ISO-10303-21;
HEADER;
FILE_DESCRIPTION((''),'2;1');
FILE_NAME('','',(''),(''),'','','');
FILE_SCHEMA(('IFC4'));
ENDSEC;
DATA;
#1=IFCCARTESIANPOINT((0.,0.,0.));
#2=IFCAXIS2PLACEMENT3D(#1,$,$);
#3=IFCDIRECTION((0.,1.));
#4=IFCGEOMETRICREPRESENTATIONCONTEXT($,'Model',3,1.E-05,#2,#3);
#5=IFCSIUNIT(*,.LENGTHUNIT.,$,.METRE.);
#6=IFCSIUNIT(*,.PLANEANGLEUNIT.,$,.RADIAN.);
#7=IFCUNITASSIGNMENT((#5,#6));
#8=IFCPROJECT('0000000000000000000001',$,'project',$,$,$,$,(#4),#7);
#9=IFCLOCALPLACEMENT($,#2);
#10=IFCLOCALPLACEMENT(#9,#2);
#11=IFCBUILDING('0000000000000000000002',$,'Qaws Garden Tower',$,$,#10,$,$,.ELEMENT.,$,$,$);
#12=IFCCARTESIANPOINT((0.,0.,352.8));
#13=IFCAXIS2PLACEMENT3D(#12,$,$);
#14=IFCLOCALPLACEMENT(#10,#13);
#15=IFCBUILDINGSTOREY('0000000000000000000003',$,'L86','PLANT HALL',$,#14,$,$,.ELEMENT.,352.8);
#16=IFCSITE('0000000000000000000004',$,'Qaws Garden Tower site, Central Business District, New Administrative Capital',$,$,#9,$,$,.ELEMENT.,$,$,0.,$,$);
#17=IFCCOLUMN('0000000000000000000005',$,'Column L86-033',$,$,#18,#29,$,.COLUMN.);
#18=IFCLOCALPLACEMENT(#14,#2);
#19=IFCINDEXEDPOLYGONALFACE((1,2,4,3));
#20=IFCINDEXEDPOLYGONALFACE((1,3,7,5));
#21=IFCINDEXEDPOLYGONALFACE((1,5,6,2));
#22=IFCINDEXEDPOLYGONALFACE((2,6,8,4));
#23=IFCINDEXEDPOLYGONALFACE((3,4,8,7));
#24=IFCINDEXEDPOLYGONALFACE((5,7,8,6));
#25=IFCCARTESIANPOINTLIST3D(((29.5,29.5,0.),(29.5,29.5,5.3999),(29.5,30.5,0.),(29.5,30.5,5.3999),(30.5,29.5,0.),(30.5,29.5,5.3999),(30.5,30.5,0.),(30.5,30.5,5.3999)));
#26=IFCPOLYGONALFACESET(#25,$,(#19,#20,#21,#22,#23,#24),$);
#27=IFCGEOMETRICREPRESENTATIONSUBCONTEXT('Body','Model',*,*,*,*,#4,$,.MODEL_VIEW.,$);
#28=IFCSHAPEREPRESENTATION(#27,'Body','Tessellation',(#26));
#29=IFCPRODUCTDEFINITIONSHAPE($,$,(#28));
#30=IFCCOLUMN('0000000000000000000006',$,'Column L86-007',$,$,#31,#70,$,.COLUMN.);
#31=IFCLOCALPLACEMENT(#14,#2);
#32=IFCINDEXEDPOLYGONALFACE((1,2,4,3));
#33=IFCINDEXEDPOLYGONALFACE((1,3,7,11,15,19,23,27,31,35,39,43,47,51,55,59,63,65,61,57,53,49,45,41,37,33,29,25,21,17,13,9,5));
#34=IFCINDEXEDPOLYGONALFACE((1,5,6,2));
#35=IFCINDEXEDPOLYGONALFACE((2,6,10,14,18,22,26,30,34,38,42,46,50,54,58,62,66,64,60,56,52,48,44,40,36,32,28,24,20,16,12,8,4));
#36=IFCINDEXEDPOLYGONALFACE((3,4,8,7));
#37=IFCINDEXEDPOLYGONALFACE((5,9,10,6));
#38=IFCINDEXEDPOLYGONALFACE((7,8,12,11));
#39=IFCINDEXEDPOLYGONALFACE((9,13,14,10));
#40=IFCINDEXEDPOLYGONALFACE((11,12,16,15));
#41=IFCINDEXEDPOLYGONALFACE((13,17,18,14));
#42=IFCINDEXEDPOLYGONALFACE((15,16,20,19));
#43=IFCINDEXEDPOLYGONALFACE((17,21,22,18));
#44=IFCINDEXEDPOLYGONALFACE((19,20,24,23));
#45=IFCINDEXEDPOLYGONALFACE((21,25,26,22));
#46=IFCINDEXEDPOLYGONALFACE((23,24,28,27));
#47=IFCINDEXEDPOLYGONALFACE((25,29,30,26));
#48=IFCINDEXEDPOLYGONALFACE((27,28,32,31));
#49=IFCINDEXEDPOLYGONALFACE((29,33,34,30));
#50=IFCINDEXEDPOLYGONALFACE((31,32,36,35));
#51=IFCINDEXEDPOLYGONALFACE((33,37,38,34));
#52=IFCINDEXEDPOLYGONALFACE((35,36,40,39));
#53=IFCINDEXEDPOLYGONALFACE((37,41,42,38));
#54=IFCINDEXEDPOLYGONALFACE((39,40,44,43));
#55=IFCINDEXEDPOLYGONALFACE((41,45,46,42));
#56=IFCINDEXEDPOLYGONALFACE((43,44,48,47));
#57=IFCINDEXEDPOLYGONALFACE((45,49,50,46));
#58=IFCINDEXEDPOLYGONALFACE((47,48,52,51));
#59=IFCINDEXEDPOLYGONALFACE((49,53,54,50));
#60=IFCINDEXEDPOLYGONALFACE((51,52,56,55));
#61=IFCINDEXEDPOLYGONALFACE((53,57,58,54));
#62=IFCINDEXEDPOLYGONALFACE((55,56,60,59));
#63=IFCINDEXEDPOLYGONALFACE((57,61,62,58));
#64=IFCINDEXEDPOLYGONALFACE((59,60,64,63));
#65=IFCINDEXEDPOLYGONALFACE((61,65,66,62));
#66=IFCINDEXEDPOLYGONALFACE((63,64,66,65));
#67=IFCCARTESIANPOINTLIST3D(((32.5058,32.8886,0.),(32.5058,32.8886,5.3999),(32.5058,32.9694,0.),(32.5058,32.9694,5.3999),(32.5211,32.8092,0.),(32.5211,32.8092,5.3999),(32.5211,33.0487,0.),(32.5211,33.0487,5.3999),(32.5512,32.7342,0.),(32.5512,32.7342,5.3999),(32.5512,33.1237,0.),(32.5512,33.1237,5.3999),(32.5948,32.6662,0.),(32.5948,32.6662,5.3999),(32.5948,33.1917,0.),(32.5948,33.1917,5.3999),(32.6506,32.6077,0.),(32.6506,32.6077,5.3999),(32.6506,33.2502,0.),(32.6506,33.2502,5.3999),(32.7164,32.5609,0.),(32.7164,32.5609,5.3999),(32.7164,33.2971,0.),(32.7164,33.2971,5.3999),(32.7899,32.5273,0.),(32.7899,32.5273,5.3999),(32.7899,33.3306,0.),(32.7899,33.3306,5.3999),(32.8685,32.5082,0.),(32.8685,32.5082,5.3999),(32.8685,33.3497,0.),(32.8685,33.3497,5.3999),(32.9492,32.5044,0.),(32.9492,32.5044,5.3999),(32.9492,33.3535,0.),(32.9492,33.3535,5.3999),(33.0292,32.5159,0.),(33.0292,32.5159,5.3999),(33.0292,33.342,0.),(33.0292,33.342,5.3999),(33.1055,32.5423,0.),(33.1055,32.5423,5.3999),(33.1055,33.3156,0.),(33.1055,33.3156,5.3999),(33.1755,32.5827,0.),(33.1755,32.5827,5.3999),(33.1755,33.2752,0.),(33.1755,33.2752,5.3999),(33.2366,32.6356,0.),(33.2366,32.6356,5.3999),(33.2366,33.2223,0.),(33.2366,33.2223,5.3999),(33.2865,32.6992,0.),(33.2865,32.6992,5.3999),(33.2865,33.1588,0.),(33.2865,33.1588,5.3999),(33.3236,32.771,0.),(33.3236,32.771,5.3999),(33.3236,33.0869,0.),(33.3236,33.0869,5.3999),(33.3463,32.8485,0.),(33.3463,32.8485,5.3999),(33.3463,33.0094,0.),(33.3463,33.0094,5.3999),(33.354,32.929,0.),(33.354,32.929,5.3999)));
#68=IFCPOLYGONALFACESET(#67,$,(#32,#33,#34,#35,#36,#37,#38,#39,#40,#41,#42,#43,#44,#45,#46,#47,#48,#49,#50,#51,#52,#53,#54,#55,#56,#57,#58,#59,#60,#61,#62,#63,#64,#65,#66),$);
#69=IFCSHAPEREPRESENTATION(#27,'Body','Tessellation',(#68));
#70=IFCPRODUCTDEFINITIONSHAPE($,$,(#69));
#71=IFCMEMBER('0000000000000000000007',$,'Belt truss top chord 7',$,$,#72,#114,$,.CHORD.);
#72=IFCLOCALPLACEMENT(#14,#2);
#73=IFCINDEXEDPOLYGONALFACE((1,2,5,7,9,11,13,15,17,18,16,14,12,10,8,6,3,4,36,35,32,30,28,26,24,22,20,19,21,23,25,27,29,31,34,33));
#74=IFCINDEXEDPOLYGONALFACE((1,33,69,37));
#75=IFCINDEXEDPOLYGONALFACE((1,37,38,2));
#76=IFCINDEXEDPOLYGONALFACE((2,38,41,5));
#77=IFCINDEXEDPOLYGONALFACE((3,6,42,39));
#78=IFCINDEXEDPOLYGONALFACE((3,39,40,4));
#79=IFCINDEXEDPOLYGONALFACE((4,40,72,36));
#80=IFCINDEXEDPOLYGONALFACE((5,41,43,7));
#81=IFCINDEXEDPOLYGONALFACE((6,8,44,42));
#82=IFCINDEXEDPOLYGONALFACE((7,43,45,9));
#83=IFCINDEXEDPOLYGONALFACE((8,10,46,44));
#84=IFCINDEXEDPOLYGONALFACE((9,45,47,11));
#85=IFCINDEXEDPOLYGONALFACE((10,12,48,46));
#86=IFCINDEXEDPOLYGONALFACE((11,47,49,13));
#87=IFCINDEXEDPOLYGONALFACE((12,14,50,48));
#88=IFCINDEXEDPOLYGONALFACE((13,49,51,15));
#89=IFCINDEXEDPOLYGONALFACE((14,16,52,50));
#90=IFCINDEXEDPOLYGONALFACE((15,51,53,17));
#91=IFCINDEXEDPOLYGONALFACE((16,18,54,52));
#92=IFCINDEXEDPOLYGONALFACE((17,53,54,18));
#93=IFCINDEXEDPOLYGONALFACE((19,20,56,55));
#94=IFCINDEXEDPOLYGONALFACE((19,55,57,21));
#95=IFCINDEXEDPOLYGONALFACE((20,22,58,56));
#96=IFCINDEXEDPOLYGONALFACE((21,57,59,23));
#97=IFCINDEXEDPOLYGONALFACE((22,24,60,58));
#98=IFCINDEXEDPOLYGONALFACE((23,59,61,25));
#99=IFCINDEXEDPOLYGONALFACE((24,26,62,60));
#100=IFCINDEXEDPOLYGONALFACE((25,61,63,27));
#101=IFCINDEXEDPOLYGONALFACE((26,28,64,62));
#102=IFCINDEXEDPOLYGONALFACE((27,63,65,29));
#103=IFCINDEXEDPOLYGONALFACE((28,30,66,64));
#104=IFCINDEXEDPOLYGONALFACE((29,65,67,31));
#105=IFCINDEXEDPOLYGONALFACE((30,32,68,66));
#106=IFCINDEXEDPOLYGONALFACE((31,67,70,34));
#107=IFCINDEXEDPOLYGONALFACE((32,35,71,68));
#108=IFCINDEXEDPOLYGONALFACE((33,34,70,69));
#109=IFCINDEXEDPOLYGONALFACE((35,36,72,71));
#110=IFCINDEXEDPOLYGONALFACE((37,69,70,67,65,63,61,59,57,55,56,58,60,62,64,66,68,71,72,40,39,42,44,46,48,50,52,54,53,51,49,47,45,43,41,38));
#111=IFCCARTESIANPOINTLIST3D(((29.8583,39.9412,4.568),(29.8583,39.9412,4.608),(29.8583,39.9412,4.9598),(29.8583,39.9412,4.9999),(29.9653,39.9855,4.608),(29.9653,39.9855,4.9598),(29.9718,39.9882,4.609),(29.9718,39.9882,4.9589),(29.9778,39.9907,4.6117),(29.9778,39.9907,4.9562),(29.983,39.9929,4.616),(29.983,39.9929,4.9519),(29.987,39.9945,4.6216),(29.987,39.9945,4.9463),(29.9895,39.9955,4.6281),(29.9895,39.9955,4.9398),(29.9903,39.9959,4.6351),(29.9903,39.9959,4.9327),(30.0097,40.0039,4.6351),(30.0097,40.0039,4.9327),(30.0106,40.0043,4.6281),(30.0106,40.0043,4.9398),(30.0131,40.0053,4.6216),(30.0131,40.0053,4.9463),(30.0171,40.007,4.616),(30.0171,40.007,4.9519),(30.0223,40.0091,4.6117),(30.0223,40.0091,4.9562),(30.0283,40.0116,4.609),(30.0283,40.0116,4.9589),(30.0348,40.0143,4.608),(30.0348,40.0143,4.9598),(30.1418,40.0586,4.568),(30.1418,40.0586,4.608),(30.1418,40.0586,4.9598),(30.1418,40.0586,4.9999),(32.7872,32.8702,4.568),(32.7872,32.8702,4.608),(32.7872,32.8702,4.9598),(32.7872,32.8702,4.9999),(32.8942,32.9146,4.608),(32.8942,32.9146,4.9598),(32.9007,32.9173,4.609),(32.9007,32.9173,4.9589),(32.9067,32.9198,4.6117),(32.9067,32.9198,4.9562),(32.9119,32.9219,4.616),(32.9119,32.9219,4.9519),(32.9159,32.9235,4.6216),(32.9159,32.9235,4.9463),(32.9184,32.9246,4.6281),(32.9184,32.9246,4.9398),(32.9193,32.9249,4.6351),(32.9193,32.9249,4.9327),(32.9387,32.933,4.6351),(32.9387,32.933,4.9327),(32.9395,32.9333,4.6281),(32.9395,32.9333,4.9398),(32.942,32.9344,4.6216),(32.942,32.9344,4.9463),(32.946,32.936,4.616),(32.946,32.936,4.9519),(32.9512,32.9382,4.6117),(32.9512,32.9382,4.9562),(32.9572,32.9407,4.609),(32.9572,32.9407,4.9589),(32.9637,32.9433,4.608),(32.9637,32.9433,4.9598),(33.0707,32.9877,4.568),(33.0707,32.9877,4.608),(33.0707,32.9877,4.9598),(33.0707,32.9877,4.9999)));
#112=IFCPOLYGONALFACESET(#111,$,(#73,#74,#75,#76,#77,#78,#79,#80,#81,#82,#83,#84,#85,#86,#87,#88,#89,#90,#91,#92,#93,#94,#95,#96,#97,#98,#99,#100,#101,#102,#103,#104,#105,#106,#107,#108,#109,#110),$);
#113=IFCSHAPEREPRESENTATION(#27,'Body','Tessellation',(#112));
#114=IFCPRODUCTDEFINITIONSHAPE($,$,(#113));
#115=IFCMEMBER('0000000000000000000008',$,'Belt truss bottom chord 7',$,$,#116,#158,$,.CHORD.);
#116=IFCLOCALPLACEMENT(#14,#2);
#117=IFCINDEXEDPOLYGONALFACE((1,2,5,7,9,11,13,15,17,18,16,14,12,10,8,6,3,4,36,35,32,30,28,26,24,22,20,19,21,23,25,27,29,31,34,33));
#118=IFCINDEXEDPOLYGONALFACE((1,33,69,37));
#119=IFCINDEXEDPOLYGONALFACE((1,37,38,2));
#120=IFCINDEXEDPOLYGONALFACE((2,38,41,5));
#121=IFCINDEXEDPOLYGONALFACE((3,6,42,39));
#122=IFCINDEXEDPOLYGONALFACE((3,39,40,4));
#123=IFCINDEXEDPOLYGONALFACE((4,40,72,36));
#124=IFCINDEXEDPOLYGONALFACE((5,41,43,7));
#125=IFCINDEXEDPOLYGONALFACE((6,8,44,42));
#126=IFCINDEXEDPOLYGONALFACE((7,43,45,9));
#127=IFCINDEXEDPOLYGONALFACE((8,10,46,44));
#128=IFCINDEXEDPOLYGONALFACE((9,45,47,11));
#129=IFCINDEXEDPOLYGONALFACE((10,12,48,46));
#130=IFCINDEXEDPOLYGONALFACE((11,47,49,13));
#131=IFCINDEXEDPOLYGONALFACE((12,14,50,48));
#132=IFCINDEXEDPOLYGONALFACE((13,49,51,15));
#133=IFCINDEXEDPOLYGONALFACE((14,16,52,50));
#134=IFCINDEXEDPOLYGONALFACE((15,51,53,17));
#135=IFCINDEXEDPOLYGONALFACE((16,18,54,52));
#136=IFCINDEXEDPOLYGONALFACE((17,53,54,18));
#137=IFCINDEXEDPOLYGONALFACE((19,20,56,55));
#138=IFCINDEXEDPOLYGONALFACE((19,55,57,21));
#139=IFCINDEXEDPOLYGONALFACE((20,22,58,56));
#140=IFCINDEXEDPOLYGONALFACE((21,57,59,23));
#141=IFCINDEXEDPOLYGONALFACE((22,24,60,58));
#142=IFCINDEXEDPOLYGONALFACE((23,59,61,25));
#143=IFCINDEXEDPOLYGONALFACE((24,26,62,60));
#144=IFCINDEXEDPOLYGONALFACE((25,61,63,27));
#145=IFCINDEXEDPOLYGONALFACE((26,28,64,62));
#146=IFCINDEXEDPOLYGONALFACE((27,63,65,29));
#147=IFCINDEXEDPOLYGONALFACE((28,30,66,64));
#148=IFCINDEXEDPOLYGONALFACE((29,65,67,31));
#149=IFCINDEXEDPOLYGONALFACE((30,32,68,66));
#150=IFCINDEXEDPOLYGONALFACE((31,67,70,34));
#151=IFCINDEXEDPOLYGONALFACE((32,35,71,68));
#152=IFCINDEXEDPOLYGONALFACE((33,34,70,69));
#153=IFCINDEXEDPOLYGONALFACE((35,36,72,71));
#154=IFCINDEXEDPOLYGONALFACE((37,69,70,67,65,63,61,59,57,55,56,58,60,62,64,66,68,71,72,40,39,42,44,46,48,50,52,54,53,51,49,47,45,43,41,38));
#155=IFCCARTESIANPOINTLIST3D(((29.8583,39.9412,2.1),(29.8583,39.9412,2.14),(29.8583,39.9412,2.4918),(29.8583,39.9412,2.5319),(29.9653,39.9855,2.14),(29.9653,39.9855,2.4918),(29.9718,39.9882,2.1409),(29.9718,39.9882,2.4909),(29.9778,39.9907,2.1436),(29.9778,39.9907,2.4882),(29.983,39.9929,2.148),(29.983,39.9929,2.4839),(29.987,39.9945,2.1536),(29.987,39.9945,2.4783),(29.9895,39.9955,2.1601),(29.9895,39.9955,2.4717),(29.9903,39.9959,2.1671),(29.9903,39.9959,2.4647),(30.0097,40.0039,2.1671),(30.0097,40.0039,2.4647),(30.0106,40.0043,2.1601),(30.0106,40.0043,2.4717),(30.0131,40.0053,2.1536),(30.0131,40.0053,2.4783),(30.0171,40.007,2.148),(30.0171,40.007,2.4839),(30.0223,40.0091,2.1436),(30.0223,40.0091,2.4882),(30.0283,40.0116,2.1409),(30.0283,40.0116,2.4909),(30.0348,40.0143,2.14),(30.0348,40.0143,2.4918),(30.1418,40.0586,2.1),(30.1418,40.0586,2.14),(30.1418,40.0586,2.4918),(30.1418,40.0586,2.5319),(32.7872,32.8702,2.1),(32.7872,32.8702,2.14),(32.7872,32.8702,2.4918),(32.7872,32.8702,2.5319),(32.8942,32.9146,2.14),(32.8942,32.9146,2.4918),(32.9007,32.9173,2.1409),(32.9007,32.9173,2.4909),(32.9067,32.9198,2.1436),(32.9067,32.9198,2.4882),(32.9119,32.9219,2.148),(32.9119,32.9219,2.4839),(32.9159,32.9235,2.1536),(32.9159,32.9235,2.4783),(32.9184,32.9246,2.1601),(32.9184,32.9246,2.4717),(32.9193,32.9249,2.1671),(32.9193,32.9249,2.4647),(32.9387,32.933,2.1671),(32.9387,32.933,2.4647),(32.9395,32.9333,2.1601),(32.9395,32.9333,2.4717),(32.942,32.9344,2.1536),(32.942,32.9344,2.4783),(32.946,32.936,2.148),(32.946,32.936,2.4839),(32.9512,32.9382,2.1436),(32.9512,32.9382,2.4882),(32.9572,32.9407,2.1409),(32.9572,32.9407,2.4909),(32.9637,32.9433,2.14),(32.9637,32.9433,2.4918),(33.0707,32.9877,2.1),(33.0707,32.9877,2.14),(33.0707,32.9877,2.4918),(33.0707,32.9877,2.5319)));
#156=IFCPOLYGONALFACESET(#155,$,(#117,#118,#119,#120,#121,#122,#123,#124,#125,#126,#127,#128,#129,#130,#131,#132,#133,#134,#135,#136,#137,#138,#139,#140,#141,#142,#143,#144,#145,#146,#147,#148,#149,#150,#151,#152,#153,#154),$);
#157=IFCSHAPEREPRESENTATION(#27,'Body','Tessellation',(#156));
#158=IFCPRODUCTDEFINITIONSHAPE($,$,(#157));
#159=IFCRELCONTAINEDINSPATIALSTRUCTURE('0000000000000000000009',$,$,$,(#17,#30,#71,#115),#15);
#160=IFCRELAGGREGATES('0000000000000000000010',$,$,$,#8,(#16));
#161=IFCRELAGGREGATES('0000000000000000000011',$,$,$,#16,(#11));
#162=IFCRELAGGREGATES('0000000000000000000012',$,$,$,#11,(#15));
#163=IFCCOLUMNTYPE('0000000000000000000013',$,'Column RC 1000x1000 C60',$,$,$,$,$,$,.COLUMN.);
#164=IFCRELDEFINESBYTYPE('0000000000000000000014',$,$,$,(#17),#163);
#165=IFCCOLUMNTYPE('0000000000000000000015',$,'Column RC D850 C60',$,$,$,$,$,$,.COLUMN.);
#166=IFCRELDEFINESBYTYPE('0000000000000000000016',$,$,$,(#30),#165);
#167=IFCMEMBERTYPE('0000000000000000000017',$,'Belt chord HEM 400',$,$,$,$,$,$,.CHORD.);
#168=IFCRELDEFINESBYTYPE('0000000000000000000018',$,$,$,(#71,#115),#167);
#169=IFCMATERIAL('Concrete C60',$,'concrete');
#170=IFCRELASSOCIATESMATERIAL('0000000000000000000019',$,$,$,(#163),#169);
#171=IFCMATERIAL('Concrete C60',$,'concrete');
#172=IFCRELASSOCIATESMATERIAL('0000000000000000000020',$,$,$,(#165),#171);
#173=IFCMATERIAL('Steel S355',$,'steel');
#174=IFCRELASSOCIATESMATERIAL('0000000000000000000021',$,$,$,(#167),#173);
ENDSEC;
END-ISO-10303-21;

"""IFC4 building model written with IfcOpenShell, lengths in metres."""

from ifc_helpers import new_model, si_unit, direction, frame, origin, origin_2d, place, context, subcontext, project, spatial, rectangle, circle, i_section, extrude, material, material_profile, profile_set, type_object, element, save


model = new_model("IFC4")

# Units and contexts
model_context = context("Model", 3, precision=1e-05, world=origin(), true_north=direction((0.0, 1.0)))
body_context = subcontext(model_context, "Body", "Model", "MODEL_VIEW")
ifc_project = project(units=[si_unit("LENGTHUNIT", "METRE"), si_unit("PLANEANGLEUNIT", "RADIAN")], contexts=[model_context])

# Site, building, storey
site_placement = place(None, origin())
site = spatial("IfcSite", under=ifc_project, at=site_placement, Name="Qaws Garden Tower site, Central Business District, New Administrative Capital", CompositionType="ELEMENT", RefElevation=0.0)
building_placement = place(site_placement, origin())
building = spatial("IfcBuilding", under=site, at=building_placement, Name="Qaws Garden Tower", CompositionType="ELEMENT")
storey_placement = place(building_placement, frame((0.0, 0.0, 352.8)))
storey = spatial("IfcBuildingStorey", under=building, at=storey_placement, Name="L86", Description="PLANT HALL", CompositionType="ELEMENT", Elevation=352.8)

# Columns
ifc_material_1 = material(Name="Concrete C60", Category="concrete")
ifc_material_profile_1 = material_profile(ifc_material_1, rectangle(XDim=1.0, YDim=1.0, at=origin_2d()), Name="RC 1000x1000")
ifc_profile_set_1 = profile_set([ifc_material_profile_1], Name="Concrete C60")
column_type_1 = type_object("IfcColumnType", Name="Column RC 1000x1000 C60", PredefinedType="COLUMN", material=ifc_profile_set_1)
column_1_placement = place(storey_placement, frame((30.0, 30.0, 0.0), z_axis=(0.0, 0.0, 1.0), x_axis=(1.0, 0.0, 0.0)))
element("IfcColumn", 1, at=column_1_placement, inside=storey, type_object=column_type_1, Name="Column L86-033", PredefinedType="COLUMN", context=body_context, shape_type="SweptSolid", body=[
    extrude(rectangle(XDim=1.0, YDim=1.0, at=origin_2d()), origin(), (0.0, 0.0, 1.0), 5.3999),
])
ifc_material_2 = material(Name="Concrete C60", Category="concrete")
ifc_material_profile_2 = material_profile(ifc_material_2, circle(Radius=0.425, at=origin_2d()), Name="RC D850")
ifc_profile_set_2 = profile_set([ifc_material_profile_2], Name="Concrete C60")
column_type_2 = type_object("IfcColumnType", Name="Column RC D850 C60", PredefinedType="COLUMN", material=ifc_profile_set_2)
column_2_placement = place(storey_placement, frame((32.929, 32.929, 0.0), z_axis=(0.0, 0.0, 1.0), x_axis=(1.0, 0.0, 0.0)))
element("IfcColumn", 2, at=column_2_placement, inside=storey, type_object=column_type_2, Name="Column L86-007", PredefinedType="COLUMN", context=body_context, shape_type="SweptSolid", body=[
    extrude(circle(Radius=0.425, at=origin_2d()), origin(), (0.0, 0.0, 1.0), 5.3999),
])

# Members
ifc_material_3 = material(Name="Steel S355", Category="steel")
ifc_material_profile_3 = material_profile(ifc_material_3, i_section(OverallWidth=0.3069, OverallDepth=0.4319, WebThickness=0.021, FlangeThickness=0.04, FilletRadius=0.0271, at=origin_2d()), Name="HEM 400")
ifc_profile_set_3 = profile_set([ifc_material_profile_3], Name="Steel S355")
member_type_1 = type_object("IfcMemberType", Name="Belt chord HEM 400", PredefinedType="CHORD", material=ifc_profile_set_3)
for number, where, z_axis, x_axis, name in (
    (3, (32.929, 32.929, 4.7839), (-0.382687, 0.923878, 0.0), (-0.923878, -0.382687, 0.0), "Belt truss top chord 7"),
    (4, (32.929, 32.929, 2.3159), (-0.382687, 0.923878, 0.0), (-0.923878, -0.382687, 0.0), "Belt truss bottom chord 7"),
):
    element("IfcMember", number, at=place(storey_placement, frame(where, z_axis=z_axis, x_axis=x_axis)), inside=storey, type_object=member_type_1, Name=name, PredefinedType="CHORD", context=body_context, shape_type="SweptSolid", body=[
        extrude(i_section(OverallWidth=0.3069, OverallDepth=0.4319, WebThickness=0.021, FlangeThickness=0.04, FilletRadius=0.0271, at=origin_2d()), origin(), (0.0, 0.0, 1.0), 7.6536),
    ])

save(model, "model.ifc")
